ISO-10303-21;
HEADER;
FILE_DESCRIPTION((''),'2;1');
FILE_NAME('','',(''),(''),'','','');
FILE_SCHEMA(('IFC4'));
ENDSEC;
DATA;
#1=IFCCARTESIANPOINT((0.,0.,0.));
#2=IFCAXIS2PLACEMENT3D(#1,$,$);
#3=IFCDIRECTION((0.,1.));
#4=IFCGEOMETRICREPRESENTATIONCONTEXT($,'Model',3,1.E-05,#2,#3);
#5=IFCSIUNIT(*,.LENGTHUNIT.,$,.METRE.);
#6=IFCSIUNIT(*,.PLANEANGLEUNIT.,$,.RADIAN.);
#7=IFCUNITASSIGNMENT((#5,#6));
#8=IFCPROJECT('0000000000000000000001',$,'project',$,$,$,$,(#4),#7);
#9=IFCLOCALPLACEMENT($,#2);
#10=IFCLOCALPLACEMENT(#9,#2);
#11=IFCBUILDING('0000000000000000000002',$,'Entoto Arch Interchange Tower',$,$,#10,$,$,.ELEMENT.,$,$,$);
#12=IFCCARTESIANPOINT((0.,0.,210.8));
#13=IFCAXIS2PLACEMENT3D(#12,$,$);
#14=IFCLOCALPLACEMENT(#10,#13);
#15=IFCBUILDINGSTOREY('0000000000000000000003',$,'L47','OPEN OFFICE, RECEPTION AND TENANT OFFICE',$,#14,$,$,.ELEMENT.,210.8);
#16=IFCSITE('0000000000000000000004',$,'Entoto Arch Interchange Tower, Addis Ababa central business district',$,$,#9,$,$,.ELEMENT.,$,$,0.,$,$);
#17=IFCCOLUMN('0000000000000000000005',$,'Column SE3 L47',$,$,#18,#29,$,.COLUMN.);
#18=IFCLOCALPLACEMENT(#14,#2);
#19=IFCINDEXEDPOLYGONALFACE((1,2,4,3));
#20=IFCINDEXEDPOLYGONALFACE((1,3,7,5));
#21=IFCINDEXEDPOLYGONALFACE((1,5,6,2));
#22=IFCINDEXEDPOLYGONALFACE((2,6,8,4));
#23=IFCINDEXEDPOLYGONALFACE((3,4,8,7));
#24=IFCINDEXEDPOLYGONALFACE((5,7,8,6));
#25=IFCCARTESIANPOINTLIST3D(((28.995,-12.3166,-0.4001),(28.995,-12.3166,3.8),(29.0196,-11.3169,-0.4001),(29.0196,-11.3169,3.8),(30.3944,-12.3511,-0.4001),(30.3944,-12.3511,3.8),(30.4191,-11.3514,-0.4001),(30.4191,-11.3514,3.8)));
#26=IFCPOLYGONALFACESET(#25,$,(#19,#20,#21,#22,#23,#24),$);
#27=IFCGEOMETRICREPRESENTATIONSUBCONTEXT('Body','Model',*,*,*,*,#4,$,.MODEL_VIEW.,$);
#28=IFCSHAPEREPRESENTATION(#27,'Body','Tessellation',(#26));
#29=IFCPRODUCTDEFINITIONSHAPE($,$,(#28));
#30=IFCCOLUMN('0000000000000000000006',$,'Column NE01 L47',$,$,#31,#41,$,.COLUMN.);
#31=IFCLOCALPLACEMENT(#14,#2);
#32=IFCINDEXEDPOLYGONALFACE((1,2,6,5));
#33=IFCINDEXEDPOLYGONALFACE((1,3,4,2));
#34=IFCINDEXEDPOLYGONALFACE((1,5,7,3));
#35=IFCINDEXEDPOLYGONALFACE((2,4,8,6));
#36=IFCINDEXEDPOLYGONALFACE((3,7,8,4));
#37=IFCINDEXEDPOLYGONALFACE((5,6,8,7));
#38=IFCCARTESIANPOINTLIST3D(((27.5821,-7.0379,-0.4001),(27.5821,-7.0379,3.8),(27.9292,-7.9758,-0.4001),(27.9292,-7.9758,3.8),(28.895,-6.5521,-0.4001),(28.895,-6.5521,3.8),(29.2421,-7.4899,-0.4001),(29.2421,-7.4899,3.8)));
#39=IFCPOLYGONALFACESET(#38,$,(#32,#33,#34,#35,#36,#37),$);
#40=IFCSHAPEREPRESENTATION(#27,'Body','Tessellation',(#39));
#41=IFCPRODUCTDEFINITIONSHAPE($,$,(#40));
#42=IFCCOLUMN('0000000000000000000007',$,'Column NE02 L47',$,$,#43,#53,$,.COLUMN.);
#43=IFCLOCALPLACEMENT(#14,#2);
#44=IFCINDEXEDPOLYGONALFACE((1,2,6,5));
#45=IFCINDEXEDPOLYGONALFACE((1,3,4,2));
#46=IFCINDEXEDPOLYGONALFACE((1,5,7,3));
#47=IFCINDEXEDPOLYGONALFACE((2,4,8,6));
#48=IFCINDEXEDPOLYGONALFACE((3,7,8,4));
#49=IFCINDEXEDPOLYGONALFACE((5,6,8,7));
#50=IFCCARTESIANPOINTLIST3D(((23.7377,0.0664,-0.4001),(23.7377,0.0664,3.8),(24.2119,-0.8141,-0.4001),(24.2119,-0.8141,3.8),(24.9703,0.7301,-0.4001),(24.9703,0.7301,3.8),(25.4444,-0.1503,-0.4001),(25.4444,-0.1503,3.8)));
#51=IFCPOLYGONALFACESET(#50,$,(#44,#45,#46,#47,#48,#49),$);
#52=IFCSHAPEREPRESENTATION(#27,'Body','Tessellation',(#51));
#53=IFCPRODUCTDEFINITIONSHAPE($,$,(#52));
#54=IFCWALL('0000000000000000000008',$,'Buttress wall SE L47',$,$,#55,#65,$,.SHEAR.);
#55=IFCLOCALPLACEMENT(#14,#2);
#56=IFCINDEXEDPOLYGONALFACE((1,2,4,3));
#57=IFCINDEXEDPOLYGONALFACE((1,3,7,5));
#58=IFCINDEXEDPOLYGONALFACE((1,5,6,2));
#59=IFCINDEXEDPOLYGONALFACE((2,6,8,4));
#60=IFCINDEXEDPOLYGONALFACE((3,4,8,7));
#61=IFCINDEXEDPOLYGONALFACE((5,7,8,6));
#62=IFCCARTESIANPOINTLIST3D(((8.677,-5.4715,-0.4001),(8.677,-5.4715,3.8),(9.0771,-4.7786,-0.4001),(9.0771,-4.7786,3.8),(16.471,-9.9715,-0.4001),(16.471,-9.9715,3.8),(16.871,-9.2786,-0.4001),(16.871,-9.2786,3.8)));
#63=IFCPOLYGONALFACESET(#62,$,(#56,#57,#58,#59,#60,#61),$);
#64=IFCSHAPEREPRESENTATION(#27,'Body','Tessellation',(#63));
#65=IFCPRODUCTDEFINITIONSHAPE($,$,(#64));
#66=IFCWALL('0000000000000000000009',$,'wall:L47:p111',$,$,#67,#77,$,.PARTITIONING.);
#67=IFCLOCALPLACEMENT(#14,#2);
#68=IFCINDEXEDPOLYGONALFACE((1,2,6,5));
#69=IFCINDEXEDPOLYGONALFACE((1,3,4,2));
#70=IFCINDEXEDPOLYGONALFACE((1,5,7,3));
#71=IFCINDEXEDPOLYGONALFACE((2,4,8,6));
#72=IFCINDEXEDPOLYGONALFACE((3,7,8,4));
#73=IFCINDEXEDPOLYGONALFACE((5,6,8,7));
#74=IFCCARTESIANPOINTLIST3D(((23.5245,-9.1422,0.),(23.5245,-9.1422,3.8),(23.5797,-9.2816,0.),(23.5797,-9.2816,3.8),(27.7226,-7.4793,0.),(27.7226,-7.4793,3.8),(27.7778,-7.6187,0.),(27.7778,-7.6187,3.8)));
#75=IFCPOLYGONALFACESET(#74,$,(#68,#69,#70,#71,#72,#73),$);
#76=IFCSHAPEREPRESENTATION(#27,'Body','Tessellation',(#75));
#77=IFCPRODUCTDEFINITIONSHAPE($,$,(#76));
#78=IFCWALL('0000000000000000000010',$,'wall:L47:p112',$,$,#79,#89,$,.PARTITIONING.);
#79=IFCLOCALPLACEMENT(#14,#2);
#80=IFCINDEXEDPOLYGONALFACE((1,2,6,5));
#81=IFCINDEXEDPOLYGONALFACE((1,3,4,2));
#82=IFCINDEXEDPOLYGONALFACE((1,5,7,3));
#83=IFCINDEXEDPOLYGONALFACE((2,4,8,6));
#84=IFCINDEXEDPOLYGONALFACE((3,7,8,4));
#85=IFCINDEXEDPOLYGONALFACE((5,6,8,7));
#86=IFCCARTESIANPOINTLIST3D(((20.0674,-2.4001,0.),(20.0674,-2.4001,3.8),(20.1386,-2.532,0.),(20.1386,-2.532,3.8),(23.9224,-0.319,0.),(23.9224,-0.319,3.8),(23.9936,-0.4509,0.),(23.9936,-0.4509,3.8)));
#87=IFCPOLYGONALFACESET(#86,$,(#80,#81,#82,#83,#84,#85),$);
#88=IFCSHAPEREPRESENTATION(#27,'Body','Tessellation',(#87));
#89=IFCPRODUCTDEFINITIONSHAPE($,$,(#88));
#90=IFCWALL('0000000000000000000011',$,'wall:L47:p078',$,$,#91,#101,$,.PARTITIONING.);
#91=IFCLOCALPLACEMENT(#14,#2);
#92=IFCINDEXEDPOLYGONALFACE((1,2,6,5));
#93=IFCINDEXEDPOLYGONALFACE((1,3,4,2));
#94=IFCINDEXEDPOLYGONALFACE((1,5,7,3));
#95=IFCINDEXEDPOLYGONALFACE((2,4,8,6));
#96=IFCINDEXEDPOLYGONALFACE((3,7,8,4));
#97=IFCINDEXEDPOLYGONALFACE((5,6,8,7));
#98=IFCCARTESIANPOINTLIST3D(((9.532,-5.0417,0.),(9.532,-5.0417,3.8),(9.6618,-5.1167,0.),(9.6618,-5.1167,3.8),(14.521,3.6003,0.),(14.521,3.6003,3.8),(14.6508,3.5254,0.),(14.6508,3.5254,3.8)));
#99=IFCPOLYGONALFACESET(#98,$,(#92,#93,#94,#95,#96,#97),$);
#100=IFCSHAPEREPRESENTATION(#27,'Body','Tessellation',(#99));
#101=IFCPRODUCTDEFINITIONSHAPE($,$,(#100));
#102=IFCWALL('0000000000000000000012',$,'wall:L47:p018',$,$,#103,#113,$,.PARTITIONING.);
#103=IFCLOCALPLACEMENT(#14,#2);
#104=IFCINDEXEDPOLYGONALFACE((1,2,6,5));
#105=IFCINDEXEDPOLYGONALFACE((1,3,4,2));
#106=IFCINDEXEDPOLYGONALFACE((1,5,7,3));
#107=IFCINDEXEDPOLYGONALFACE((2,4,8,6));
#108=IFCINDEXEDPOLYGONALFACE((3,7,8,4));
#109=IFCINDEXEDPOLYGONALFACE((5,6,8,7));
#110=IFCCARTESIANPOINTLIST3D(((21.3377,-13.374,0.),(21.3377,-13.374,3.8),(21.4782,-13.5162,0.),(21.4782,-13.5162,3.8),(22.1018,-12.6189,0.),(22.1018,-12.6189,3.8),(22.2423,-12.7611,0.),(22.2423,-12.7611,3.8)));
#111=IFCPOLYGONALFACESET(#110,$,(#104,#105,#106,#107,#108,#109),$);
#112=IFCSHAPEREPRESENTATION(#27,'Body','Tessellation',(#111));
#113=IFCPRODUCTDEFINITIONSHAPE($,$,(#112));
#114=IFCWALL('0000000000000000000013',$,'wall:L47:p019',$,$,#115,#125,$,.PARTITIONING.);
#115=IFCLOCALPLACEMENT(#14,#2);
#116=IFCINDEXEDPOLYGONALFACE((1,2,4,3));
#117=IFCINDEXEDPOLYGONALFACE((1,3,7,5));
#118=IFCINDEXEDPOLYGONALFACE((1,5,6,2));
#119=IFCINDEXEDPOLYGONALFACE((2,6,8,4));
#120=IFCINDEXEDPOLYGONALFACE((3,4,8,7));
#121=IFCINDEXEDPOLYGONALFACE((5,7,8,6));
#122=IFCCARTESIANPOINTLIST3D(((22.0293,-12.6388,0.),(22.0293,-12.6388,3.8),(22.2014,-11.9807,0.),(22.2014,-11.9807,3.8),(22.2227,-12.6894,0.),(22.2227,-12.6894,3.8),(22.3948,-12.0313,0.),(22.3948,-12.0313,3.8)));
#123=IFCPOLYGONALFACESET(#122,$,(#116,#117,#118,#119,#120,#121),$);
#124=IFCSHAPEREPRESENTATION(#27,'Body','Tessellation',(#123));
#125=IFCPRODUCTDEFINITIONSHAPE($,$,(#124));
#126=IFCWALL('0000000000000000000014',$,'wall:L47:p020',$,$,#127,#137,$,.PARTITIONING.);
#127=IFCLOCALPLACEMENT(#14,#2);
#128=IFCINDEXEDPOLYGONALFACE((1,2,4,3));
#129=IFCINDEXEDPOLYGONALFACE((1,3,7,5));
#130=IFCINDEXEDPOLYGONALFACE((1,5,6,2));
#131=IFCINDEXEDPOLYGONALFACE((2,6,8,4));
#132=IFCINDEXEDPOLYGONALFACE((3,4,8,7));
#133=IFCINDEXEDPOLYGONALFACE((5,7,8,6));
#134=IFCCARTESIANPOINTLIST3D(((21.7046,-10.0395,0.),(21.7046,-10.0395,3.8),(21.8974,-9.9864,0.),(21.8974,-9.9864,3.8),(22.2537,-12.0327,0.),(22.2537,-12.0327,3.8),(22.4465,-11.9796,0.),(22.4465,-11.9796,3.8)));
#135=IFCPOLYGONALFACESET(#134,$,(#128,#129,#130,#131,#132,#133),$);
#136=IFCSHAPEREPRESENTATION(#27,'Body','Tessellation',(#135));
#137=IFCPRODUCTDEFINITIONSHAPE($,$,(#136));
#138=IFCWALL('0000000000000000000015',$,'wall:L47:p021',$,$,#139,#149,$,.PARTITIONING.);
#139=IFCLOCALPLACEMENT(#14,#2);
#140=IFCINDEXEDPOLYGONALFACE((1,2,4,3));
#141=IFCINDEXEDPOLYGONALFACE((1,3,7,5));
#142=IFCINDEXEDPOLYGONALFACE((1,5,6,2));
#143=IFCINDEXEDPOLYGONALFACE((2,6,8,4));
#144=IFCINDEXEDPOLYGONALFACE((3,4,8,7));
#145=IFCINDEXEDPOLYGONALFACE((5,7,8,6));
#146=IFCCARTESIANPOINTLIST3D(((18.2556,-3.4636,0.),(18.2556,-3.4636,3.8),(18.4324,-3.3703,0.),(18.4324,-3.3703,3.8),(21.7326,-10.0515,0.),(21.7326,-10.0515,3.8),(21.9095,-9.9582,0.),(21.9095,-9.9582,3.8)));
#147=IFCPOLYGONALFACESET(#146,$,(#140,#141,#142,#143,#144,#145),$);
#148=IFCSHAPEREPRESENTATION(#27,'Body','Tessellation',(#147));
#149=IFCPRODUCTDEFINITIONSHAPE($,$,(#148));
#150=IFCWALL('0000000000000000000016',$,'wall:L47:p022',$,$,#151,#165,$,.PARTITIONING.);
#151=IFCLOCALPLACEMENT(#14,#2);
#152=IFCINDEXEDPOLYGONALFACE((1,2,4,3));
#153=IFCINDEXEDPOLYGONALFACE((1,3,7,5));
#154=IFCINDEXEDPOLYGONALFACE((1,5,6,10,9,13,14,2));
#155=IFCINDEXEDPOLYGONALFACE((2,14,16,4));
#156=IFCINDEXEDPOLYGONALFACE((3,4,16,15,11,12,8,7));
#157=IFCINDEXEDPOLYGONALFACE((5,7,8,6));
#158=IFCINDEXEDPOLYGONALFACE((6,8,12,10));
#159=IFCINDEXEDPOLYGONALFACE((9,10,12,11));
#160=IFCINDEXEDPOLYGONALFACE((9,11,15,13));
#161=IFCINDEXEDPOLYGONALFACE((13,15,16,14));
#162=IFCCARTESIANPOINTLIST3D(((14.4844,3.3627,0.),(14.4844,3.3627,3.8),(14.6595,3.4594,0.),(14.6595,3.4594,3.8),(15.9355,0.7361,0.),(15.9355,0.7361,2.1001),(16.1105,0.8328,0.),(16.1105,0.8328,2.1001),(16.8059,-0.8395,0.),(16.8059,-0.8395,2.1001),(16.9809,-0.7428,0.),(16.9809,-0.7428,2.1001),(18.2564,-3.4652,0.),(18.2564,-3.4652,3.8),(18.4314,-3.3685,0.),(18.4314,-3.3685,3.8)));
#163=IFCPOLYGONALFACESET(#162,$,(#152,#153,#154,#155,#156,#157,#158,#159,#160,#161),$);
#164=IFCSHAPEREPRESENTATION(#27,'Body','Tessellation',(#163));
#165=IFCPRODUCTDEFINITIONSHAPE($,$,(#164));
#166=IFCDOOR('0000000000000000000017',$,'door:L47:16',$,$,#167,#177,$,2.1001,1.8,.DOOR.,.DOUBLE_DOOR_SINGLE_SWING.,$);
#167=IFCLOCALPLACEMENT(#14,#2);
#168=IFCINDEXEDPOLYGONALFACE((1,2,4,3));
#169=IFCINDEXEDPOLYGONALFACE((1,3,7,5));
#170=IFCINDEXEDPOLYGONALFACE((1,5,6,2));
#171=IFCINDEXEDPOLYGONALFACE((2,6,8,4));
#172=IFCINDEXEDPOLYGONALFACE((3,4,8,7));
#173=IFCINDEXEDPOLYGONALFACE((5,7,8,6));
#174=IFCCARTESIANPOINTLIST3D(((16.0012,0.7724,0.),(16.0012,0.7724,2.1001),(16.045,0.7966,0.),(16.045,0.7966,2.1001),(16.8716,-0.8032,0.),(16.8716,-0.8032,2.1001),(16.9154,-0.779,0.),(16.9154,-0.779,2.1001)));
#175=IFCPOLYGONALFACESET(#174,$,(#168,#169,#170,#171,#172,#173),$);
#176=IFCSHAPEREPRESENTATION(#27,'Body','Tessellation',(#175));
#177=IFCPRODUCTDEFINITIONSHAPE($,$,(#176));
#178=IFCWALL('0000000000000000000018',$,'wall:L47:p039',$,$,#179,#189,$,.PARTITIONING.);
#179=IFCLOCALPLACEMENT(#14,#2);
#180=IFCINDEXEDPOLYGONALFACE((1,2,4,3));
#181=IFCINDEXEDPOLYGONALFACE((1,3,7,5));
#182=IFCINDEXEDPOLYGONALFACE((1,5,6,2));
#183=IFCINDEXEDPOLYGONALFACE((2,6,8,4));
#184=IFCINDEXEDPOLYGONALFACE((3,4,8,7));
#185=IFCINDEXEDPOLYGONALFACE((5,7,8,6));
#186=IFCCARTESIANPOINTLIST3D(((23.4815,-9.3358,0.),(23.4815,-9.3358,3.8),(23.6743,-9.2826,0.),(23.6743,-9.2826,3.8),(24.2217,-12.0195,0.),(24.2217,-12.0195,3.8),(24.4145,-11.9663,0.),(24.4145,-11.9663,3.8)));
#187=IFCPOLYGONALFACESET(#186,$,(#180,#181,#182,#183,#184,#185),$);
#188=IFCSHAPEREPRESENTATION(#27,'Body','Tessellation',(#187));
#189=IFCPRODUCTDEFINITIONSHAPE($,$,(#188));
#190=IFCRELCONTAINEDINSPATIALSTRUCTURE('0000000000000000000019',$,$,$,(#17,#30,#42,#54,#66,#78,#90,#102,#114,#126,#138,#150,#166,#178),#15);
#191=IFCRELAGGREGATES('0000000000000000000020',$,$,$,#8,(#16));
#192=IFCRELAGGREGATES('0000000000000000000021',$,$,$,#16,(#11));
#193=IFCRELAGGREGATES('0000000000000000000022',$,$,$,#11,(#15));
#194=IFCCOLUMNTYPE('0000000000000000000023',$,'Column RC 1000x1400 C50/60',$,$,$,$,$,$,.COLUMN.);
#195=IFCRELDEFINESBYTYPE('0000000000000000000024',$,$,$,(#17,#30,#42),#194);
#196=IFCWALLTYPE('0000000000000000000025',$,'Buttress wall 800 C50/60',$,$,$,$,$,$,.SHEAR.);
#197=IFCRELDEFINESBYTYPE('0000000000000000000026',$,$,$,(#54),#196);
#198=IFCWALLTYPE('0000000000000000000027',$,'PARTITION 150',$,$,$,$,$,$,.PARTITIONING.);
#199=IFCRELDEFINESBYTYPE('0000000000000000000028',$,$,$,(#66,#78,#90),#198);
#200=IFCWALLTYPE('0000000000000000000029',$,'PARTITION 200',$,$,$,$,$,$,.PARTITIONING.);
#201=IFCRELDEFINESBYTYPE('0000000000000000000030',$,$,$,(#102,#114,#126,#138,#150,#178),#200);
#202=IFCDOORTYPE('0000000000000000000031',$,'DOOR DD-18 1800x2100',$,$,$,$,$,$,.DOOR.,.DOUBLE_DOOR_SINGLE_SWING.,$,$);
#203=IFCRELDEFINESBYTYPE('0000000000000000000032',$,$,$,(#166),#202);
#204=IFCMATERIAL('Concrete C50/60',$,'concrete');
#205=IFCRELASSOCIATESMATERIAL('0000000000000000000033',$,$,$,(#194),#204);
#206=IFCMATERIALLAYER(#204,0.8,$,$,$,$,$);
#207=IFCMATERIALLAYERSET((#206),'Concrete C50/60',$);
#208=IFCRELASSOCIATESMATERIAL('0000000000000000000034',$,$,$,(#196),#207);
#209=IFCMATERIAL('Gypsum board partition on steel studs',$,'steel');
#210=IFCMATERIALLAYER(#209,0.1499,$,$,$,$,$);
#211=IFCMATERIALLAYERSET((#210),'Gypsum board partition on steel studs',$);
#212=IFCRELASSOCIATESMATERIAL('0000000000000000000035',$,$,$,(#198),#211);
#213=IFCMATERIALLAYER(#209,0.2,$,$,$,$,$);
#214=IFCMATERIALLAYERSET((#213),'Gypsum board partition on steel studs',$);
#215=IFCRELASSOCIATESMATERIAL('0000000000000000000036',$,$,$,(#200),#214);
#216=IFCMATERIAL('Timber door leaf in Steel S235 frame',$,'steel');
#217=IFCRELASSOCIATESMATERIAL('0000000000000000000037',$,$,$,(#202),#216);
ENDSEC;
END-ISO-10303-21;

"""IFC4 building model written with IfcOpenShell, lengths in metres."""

from ifc_helpers import new_model, si_unit, direction, frame, frame_2d, origin, origin_2d, place, context, subcontext, project, spatial, rectangle, extrude, material, layer, layer_set, material_profile, profile_set, type_object, element, fill, save


model = new_model("IFC4")

# Units and contexts
model_context = context("Model", 3, precision=1e-05, world=origin(), true_north=direction((0.0, 1.0)))
body_context = subcontext(model_context, "Body", "Model", "MODEL_VIEW")
ifc_project = project(units=[si_unit("LENGTHUNIT", "METRE"), si_unit("PLANEANGLEUNIT", "RADIAN")], contexts=[model_context])

# Site, building, storey
site_placement = place(None, origin())
site = spatial("IfcSite", under=ifc_project, at=site_placement, Name="Entoto Arch Interchange Tower, Addis Ababa central business district", CompositionType="ELEMENT", RefElevation=0.0)
building_placement = place(site_placement, origin())
building = spatial("IfcBuilding", under=site, at=building_placement, Name="Entoto Arch Interchange Tower", CompositionType="ELEMENT")
storey_placement = place(building_placement, frame((0.0, 0.0, 210.8)))
storey = spatial("IfcBuildingStorey", under=building, at=storey_placement, Name="L47", Description="OPEN OFFICE, RECEPTION AND TENANT OFFICE", CompositionType="ELEMENT", Elevation=210.8)

# Columns
ifc_material_1 = material(Name="Concrete C50/60", Category="concrete")
ifc_material_profile = material_profile(ifc_material_1, rectangle(XDim=1.0, YDim=1.3999, at=origin_2d()))
ifc_profile_set = profile_set([ifc_material_profile], Name="Concrete C50/60")
column_type = type_object("IfcColumnType", Name="Column RC 1000x1400 C50/60", PredefinedType="COLUMN", material=ifc_profile_set)
for number, where, z_axis, x_axis, name in (
    (1, (29.707, -11.834, -0.4001), (0.0, 0.0, 1.0), (0.024676, 0.999695, 0.0), "Column SE3 L47"),
    (2, (28.4121, -7.2639, -0.4001), (0.0, 0.0, 1.0), (-0.347067, 0.93784, 0.0), "Column NE01 L47"),
    (3, (24.5911, -0.042, -0.4001), (0.0, 0.0, 1.0), (-0.474134, 0.880453, 0.0), "Column NE02 L47"),
):
    element("IfcColumn", number, at=place(storey_placement, frame(where, z_axis=z_axis, x_axis=x_axis)), inside=storey, type_object=column_type, Name=name, PredefinedType="COLUMN", context=body_context, shape_type="SweptSolid", body=[
        extrude(rectangle(XDim=1.0, YDim=1.3999, at=origin_2d()), origin(), (0.0, 0.0, 1.0), 4.2002),
    ])

# Walls
ifc_layer_1 = layer(ifc_material_1, 0.8)
ifc_layer_set_1 = layer_set([ifc_layer_1], Name="Concrete C50/60")
wall_type_1 = type_object("IfcWallType", Name="Buttress wall 800 C50/60", PredefinedType="SHEAR", material=ifc_layer_set_1)
wall_1_placement = place(storey_placement, frame((8.877, -5.125, -0.4001), z_axis=(0.0, 0.0, 1.0), x_axis=(0.866018, -0.500014, 0.0)))
element("IfcWall", 4, at=wall_1_placement, inside=storey, type_object=wall_type_1, Name="Buttress wall SE L47", PredefinedType="SHEAR", context=body_context, shape_type="SweptSolid", body=[
    extrude(rectangle(XDim=8.9998, YDim=0.8, at=frame_2d((4.5, 0.0))), origin(), (0.0, 0.0, 1.0), 4.2002),
])
ifc_material_2 = material(Name="Gypsum board partition on steel studs", Category="steel")
ifc_layer_2 = layer(ifc_material_2, 0.1499)
ifc_layer_set_2 = layer_set([ifc_layer_2], Name="Gypsum board partition on steel studs")
wall_type_2 = type_object("IfcWallType", Name="PARTITION 150", PredefinedType="PARTITIONING", material=ifc_layer_set_2)
wall_2_placement = place(storey_placement, frame((23.552, -9.2119, 0.0), z_axis=(0.0, 0.0, 1.0), x_axis=(0.929721, 0.368266, 0.0)))
element("IfcWall", 5, at=wall_2_placement, inside=storey, type_object=wall_type_2, Name="wall:L47:p111", PredefinedType="PARTITIONING", context=body_context, shape_type="SweptSolid", body=[
    extrude(rectangle(XDim=4.5154, YDim=0.1499, at=frame_2d((2.2578, 0.0))), origin(), (0.0, 0.0, 1.0), 3.8),
])
wall_3_placement = place(storey_placement, frame((20.103, -2.4661, 0.0), z_axis=(0.0, 0.0, 1.0), x_axis=(0.879966, 0.475037, 0.0)))
element("IfcWall", 6, at=wall_3_placement, inside=storey, type_object=wall_type_2, Name="wall:L47:p112", PredefinedType="PARTITIONING", context=body_context, shape_type="SweptSolid", body=[
    extrude(rectangle(XDim=4.3809, YDim=0.1499, at=frame_2d((2.1904, 0.0))), origin(), (0.0, 0.0, 1.0), 3.8),
])
wall_4_placement = place(storey_placement, frame((9.5969, -5.0791, 0.0), z_axis=(0.0, 0.0, 1.0), x_axis=(0.499962, 0.866047, 0.0)))
element("IfcWall", 7, at=wall_4_placement, inside=storey, type_object=wall_type_2, Name="wall:L47:p078", PredefinedType="PARTITIONING", context=body_context, shape_type="SweptSolid", body=[
    extrude(rectangle(XDim=9.9788, YDim=0.1499, at=frame_2d((4.9893, 0.0))), origin(), (0.0, 0.0, 1.0), 3.8),
])
ifc_layer_3 = layer(ifc_material_2, 0.2)
ifc_layer_set_3 = layer_set([ifc_layer_3], Name="Gypsum board partition on steel studs")
wall_type_3 = type_object("IfcWallType", Name="PARTITION 200", PredefinedType="PARTITIONING", material=ifc_layer_set_3)
wall_5_placement = place(storey_placement, frame((21.408, -13.4451, 0.0), z_axis=(0.0, 0.0, 1.0), x_axis=(0.711298, 0.70289, 0.0)))
element("IfcWall", 8, at=wall_5_placement, inside=storey, type_object=wall_type_3, Name="wall:L47:p018", PredefinedType="PARTITIONING", context=body_context, shape_type="SweptSolid", body=[
    extrude(rectangle(XDim=1.0742, YDim=0.2, at=frame_2d((0.5371, 0.0))), origin(), (0.0, 0.0, 1.0), 3.8),
])
wall_6_placement = place(storey_placement, frame((22.126, -12.6641, 0.0), z_axis=(0.0, 0.0, 1.0), x_axis=(0.253079, 0.967446, 0.0)))
element("IfcWall", 9, at=wall_6_placement, inside=storey, type_object=wall_type_3, Name="wall:L47:p019", PredefinedType="PARTITIONING", context=body_context, shape_type="SweptSolid", body=[
    extrude(rectangle(XDim=0.6802, YDim=0.2, at=frame_2d((0.3401, 0.0))), origin(), (0.0, 0.0, 1.0), 3.8),
])
wall_7_placement = place(storey_placement, frame((22.3501, -12.0061, 0.0), z_axis=(0.0, 0.0, 1.0), x_axis=(-0.265585, 0.964088, 0.0)))
element("IfcWall", 10, at=wall_7_placement, inside=storey, type_object=wall_type_3, Name="wall:L47:p020", PredefinedType="PARTITIONING", context=body_context, shape_type="SweptSolid", body=[
    extrude(rectangle(XDim=2.0674, YDim=0.2, at=frame_2d((1.0337, 0.0))), origin(), (0.0, 0.0, 1.0), 3.8),
])
wall_8_placement = place(storey_placement, frame((21.821, -10.0049, 0.0), z_axis=(0.0, 0.0, 1.0), x_axis=(-0.46677, 0.884379, 0.0)))
element("IfcWall", 11, at=wall_8_placement, inside=storey, type_object=wall_type_3, Name="wall:L47:p021", PredefinedType="PARTITIONING", context=body_context, shape_type="SweptSolid", body=[
    extrude(rectangle(XDim=7.4492, YDim=0.2, at=frame_2d((3.7246, 0.0))), origin(), (0.0, 0.0, 1.0), 3.8),
])

# Wall, opening, door
wall_9_placement = place(storey_placement, frame((18.344, -3.417, 0.0), z_axis=(0.0, 0.0, 1.0), x_axis=(-0.483556, 0.875314, 0.0)))
wall_9 = element("IfcWall", 12, at=wall_9_placement, inside=storey, type_object=wall_type_3, Name="wall:L47:p022", PredefinedType="PARTITIONING", context=body_context, shape_type="SweptSolid", body=[
    extrude(rectangle(XDim=7.8005, YDim=0.2, at=frame_2d((3.9004, 0.0))), origin(), (0.0, 0.0, 1.0), 3.8),
])
opening_1_placement = place(wall_9_placement, frame((3.0, 0.0, 0.0)))
opening_1 = element("IfcOpeningElement", 13, at=opening_1_placement, cuts=wall_9, PredefinedType="OPENING", context=body_context, shape_type="SweptSolid", body=[
    extrude(rectangle(XDim=1.8, YDim=2.1001, at=frame_2d((0.8999, 1.05))), frame((0.0, 0.1099, 0.0), z_axis=(0.0, -1.0, 0.0), x_axis=(1.0, 0.0, 0.0)), (0.0, 0.0, 1.0), 0.22),
])
ifc_material_3 = material(Name="Timber door leaf in Steel S235 frame", Category="steel")
door_type_1 = type_object("IfcDoorType", Name="DOOR DD-18 1800x2100", OperationType="DOUBLE_DOOR_SINGLE_SWING", PredefinedType="DOOR", material=ifc_material_3)
door_1_placement = place(opening_1_placement, origin())
door_1 = element("IfcDoor", 14, at=door_1_placement, inside=storey, type_object=door_type_1, Name="door:L47:16", OperationType="DOUBLE_DOOR_SINGLE_SWING", OverallHeight=2.1001, OverallWidth=1.8, PredefinedType="DOOR", context=body_context, shape_type="SweptSolid", body=[
    extrude(rectangle(XDim=1.8, YDim=2.1001, at=frame_2d((0.8999, 1.05))), frame((0.0, 0.0249, 0.0), z_axis=(0.0, -1.0, 0.0), x_axis=(1.0, 0.0, 0.0)), (0.0, 0.0, 1.0), 0.05),
])
fill(opening_1, door_1)

# Wall
wall_10_placement = place(storey_placement, frame((23.5779, -9.3091, 0.0), z_axis=(0.0, 0.0, 1.0), x_axis=(0.265884, -0.964005, 0.0)))
element("IfcWall", 15, at=wall_10_placement, inside=storey, type_object=wall_type_3, Name="wall:L47:p039", PredefinedType="PARTITIONING", context=body_context, shape_type="SweptSolid", body=[
    extrude(rectangle(XDim=2.7839, YDim=0.2, at=frame_2d((1.3921, 0.0))), origin(), (0.0, 0.0, 1.0), 3.8),
])

save(model, "model.ifc")
